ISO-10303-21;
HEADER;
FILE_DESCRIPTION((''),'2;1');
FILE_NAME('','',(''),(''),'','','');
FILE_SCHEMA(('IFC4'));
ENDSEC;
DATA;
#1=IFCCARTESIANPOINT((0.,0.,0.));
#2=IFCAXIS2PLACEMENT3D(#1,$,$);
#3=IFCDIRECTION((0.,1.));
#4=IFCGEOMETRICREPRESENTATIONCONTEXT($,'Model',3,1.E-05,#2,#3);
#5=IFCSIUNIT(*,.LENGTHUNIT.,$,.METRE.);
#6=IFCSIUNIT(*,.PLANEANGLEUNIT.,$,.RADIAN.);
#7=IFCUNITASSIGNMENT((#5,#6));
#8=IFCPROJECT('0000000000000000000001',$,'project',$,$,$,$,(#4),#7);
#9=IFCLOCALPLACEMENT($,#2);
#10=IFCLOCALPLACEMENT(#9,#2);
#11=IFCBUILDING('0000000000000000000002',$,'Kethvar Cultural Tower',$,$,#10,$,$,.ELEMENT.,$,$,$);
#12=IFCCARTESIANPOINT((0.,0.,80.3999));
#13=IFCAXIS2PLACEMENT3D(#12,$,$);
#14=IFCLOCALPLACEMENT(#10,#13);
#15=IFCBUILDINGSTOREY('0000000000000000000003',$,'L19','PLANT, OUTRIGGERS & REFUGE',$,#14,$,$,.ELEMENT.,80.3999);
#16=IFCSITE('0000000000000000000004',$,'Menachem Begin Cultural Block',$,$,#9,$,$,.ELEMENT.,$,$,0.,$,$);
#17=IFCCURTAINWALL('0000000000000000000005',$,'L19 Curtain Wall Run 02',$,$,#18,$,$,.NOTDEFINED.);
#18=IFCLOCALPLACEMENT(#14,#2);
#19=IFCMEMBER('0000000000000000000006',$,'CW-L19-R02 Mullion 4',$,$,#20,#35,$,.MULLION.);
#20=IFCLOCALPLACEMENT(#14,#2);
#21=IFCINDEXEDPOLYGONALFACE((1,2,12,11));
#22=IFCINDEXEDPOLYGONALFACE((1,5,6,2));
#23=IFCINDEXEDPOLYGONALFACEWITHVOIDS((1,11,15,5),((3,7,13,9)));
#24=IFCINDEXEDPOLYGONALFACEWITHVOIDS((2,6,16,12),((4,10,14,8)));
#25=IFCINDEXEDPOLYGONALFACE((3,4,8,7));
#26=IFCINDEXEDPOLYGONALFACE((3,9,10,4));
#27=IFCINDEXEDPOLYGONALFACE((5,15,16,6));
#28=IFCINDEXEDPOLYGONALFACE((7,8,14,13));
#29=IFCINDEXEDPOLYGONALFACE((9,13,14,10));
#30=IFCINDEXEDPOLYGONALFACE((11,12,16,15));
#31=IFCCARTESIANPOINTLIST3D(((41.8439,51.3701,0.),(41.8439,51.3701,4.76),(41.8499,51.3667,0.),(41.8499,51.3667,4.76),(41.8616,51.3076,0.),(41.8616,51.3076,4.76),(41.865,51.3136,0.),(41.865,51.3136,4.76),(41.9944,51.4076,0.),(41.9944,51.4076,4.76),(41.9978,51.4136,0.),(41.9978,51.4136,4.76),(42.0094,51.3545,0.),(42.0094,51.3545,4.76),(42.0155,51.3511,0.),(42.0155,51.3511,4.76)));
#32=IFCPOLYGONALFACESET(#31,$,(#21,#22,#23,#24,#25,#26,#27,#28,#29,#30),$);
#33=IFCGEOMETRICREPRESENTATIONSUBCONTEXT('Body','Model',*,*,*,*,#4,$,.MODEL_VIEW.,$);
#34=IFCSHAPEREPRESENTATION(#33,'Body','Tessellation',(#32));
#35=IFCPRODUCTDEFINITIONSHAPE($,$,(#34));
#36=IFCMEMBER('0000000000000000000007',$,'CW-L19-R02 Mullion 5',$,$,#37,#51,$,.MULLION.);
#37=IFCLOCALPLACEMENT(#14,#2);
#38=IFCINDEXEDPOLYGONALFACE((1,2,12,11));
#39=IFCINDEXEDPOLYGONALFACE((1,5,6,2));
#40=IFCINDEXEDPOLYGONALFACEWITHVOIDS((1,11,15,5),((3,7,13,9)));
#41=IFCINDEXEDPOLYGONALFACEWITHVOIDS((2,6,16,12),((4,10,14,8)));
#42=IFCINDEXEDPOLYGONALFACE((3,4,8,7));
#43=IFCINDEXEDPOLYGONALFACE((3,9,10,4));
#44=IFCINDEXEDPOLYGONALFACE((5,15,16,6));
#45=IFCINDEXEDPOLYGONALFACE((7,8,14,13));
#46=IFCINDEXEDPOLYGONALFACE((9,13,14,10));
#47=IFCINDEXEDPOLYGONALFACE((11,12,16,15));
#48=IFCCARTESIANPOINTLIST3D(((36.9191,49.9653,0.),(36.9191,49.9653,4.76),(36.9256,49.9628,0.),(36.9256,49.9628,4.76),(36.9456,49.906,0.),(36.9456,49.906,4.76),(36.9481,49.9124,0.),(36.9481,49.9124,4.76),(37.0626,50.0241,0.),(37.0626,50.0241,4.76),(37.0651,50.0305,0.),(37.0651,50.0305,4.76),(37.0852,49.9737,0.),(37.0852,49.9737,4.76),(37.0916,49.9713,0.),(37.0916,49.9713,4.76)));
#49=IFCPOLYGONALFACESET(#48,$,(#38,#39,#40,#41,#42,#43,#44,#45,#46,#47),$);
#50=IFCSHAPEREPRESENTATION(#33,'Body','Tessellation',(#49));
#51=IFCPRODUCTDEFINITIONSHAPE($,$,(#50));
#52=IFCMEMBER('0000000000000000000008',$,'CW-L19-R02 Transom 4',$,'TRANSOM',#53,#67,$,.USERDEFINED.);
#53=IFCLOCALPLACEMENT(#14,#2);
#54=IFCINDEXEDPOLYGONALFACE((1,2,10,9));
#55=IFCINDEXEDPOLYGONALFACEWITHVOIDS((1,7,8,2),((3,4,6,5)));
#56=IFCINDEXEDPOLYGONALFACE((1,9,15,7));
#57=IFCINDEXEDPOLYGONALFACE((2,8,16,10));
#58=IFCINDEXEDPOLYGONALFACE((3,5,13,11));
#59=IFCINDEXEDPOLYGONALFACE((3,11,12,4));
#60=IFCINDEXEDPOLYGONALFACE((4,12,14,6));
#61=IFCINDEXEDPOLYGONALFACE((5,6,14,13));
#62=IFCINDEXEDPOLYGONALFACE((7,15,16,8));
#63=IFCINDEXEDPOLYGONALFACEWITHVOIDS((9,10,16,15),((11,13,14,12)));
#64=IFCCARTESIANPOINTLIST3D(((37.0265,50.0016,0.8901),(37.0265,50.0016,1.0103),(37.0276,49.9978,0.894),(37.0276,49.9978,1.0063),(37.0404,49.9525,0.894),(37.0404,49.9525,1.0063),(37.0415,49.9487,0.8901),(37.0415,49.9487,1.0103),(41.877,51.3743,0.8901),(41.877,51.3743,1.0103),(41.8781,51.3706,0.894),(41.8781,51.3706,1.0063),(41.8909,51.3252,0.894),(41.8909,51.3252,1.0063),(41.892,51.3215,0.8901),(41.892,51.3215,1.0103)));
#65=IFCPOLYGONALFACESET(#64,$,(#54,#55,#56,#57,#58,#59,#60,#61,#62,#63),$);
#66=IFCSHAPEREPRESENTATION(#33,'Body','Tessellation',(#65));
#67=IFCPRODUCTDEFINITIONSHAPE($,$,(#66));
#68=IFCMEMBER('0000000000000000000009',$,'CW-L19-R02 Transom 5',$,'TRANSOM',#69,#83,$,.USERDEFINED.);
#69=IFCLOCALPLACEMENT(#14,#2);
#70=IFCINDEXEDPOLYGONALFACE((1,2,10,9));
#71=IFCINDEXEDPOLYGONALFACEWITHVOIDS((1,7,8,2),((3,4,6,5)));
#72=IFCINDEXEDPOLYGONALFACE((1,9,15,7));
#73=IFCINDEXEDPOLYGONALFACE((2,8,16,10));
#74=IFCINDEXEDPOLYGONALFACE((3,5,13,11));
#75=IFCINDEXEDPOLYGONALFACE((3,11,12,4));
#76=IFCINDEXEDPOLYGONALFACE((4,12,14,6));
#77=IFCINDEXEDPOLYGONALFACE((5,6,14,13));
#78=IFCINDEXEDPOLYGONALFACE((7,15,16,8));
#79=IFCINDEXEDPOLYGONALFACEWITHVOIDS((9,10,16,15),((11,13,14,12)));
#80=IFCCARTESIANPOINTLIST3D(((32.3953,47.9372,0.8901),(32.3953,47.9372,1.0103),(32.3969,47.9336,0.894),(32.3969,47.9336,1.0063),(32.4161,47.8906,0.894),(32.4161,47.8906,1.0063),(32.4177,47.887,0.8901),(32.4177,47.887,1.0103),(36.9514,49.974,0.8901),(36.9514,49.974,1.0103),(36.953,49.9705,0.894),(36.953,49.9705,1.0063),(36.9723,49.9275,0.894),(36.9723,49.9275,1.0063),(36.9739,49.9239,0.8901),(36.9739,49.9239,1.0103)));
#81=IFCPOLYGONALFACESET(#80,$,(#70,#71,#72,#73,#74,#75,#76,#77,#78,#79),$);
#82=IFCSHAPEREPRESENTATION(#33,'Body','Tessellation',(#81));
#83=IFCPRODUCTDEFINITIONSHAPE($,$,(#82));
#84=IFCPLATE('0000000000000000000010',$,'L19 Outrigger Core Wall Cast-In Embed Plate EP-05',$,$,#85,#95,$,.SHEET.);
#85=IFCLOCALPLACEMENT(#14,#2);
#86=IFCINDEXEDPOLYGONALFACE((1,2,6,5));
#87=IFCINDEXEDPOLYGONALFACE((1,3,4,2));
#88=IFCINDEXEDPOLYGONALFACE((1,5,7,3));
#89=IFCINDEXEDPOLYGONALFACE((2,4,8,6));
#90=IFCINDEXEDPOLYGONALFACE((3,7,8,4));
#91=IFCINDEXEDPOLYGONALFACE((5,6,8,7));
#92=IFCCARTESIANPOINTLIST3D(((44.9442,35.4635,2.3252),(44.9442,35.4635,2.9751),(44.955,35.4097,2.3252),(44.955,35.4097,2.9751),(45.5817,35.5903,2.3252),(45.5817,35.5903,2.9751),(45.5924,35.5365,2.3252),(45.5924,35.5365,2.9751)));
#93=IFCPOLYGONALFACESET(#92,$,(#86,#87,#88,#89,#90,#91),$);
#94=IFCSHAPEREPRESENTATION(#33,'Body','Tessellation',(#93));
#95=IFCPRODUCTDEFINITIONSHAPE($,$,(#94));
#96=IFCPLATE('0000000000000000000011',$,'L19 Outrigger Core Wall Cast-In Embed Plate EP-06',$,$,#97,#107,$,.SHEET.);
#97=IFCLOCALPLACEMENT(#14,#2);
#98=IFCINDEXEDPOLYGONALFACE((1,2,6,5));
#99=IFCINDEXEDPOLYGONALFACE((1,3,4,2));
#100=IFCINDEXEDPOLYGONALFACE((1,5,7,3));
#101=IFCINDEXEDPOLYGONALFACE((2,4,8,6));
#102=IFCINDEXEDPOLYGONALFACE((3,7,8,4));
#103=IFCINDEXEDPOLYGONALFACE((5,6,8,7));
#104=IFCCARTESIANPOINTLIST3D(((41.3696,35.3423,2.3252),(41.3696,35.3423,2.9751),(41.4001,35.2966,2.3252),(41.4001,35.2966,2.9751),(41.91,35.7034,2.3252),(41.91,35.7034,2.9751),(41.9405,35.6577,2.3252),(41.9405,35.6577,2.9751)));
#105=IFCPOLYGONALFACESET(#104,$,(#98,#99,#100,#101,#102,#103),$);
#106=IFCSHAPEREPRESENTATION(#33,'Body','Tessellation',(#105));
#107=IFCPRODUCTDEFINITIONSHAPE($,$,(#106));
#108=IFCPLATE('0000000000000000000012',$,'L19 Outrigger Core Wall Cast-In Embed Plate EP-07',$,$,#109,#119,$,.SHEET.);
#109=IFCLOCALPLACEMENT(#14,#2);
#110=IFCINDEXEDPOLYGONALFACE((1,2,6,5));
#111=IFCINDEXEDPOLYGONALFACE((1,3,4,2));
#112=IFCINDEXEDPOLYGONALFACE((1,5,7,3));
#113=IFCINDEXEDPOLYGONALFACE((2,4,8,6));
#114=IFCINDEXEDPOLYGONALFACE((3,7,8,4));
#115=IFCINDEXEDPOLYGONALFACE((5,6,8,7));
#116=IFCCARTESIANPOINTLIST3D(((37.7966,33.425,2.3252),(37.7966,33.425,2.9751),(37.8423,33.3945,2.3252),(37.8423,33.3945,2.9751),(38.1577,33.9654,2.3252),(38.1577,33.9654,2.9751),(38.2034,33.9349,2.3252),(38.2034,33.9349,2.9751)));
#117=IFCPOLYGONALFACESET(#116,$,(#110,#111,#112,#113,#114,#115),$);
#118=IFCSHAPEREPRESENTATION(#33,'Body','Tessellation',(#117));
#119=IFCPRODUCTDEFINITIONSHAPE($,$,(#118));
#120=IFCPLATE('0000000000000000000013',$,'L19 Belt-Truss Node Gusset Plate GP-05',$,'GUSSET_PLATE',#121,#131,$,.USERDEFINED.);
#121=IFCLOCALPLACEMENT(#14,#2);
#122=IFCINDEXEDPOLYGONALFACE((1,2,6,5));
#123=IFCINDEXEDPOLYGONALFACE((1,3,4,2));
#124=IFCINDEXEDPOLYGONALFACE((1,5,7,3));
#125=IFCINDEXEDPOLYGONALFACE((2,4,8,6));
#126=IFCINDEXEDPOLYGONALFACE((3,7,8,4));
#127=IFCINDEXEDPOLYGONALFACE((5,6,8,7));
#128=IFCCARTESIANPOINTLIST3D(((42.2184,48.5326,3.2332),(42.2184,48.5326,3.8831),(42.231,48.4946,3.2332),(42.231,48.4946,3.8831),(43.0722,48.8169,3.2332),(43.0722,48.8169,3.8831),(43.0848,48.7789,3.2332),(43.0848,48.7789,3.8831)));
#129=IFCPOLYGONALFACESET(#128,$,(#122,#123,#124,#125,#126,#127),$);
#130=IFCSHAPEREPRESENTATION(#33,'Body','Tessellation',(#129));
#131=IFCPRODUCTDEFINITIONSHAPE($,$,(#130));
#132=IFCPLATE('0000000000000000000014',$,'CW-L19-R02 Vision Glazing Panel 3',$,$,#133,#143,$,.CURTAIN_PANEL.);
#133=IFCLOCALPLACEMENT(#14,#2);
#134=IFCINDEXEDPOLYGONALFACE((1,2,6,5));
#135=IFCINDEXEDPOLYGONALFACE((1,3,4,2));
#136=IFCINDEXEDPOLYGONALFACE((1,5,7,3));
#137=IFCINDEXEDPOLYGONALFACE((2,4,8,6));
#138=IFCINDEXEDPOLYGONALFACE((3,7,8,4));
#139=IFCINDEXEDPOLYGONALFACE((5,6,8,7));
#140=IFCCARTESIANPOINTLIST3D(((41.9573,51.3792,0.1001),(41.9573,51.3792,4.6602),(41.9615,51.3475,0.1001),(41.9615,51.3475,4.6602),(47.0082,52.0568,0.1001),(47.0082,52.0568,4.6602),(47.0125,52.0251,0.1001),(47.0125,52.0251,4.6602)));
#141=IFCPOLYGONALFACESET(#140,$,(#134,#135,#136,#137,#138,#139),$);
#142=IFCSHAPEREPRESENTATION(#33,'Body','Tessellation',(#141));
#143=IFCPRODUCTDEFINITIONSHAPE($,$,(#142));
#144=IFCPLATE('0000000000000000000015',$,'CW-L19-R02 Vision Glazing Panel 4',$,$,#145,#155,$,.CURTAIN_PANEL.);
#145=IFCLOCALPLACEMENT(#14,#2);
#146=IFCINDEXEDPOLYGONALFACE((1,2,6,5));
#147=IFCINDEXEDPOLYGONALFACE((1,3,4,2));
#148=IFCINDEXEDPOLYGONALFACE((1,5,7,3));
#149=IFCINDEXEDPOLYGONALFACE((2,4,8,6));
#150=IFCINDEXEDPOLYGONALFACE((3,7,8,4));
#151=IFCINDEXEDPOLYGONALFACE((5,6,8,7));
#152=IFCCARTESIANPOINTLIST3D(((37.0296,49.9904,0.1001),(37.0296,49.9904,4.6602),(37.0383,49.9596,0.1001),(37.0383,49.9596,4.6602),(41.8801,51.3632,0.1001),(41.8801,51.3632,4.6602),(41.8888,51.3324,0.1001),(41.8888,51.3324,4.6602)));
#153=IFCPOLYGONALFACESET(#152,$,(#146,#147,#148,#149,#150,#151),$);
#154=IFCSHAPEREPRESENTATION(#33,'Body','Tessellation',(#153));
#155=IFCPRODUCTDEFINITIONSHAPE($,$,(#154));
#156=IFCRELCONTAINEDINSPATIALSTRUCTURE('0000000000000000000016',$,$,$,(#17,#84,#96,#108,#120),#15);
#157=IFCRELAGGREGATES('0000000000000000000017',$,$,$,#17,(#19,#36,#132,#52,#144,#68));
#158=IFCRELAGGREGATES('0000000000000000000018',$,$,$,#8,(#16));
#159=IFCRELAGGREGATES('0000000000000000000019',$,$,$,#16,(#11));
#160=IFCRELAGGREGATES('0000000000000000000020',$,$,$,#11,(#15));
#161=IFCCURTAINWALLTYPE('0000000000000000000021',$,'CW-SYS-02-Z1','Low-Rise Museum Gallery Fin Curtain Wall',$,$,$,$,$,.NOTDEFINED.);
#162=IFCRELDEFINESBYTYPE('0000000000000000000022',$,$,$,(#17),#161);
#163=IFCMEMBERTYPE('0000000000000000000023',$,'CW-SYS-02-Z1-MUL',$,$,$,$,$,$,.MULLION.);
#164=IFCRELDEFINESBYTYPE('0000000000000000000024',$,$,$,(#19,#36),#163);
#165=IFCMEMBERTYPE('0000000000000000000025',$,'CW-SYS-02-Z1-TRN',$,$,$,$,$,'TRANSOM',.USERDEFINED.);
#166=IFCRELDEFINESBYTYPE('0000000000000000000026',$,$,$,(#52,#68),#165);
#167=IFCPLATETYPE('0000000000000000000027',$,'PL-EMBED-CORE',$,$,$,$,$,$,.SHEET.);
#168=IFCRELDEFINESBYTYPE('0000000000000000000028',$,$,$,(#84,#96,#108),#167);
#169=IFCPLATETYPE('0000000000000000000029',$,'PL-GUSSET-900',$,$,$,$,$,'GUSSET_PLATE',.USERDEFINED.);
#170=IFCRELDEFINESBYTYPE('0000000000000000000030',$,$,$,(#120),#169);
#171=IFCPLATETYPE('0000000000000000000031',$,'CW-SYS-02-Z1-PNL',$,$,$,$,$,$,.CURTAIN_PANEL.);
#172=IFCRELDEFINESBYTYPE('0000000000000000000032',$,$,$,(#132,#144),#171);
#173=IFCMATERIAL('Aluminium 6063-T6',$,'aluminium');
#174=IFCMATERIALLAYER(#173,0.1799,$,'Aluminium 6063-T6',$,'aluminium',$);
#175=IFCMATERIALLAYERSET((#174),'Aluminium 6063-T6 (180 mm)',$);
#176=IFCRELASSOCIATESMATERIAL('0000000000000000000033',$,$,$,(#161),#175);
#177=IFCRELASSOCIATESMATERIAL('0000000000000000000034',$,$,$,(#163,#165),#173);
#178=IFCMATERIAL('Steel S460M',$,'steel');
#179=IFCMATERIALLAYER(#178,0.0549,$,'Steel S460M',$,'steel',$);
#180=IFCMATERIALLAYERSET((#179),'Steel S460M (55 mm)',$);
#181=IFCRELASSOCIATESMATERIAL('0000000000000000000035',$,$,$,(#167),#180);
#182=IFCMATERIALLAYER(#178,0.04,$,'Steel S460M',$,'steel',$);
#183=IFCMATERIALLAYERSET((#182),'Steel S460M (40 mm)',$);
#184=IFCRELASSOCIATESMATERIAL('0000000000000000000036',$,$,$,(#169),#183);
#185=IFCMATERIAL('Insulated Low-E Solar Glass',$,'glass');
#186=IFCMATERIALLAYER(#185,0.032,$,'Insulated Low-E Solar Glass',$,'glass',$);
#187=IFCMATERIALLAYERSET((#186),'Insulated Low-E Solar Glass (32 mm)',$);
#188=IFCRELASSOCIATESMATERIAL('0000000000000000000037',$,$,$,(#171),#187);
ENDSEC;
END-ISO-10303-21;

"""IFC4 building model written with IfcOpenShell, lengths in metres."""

from ifc_helpers import new_model, si_unit, direction, frame, origin, origin_2d, place, context, subcontext, project, spatial, rectangle, hollow_rectangle, extrude, source, transform, mapped, material, layer, layer_set, material_profile, profile_set, type_object, element, aggregate, save


model = new_model("IFC4")

# Units and contexts
model_context = context("Model", 3, precision=1e-05, world=origin(), true_north=direction((0.0, 1.0)))
body_context = subcontext(model_context, "Body", "Model", "MODEL_VIEW")
ifc_project = project(units=[si_unit("LENGTHUNIT", "METRE"), si_unit("PLANEANGLEUNIT", "RADIAN")], contexts=[model_context])

# Site, building, storey
site_placement = place(None, origin())
site = spatial("IfcSite", under=ifc_project, at=site_placement, Name="Menachem Begin Cultural Block", CompositionType="ELEMENT", RefElevation=0.0)
building_placement = place(site_placement, origin())
building = spatial("IfcBuilding", under=site, at=building_placement, Name="Kethvar Cultural Tower", CompositionType="ELEMENT")
storey_placement = place(building_placement, frame((0.0, 0.0, 80.3999)))
storey = spatial("IfcBuildingStorey", under=building, at=storey_placement, Name="L19", Description="PLANT, OUTRIGGERS & REFUGE", CompositionType="ELEMENT", Elevation=80.3999)

# Shared definitions
ifc_material_1 = material(Name="Steel S460M", Category="steel")

# Curtain wall, members
ifc_material_2 = material(Name="Aluminium 6063-T6", Category="aluminium")
ifc_layer_1 = layer(ifc_material_2, 0.1799, Name="Aluminium 6063-T6", Category="aluminium")
ifc_layer_set_1 = layer_set([ifc_layer_1], Name="Aluminium 6063-T6 (180 mm)")
curtain_wall_type = type_object("IfcCurtainWallType", Name="CW-SYS-02-Z1", Description="Low-Rise Museum Gallery Fin Curtain Wall", PredefinedType="NOTDEFINED", material=ifc_layer_set_1)
curtain_wall_placement = place(storey_placement, origin())
curtain_wall = element("IfcCurtainWall", 1, at=curtain_wall_placement, inside=storey, type_object=curtain_wall_type, Name="L19 Curtain Wall Run 02", PredefinedType="NOTDEFINED")
ifc_material_profile_1 = material_profile(ifc_material_2, hollow_rectangle(XDim=0.0649, YDim=0.1599, WallThickness=0.0049, at=origin_2d()), Name="Aluminium 6063-T6 — RHS160x65x5")
ifc_profile_set_1 = profile_set([ifc_material_profile_1], Name="Aluminium 6063-T6 — RHS160x65x5")
member_type_1 = type_object("IfcMemberType", Name="CW-SYS-02-Z1-MUL", PredefinedType="MULLION", material=ifc_profile_set_1)
shared_shape_1 = source(origin(), body_context, "Body", "SweptSolid", [
    extrude(hollow_rectangle(XDim=0.0649, YDim=0.1599, WallThickness=0.0049, at=origin_2d()), origin(), (0.0, 0.0, 1.0), 4.76),
])
member_1_placement = place(storey_placement, frame((41.9297, 51.3606, 0.0), z_axis=(0.0, 0.0, 1.0), x_axis=(0.272331, -0.962204, 0.0)))
member_1 = element("IfcMember", 2, at=member_1_placement, type_object=member_type_1, Name="CW-L19-R02 Mullion 4", PredefinedType="MULLION", context=body_context, shape_type="MappedRepresentation", body=[
    mapped(shared_shape_1, transform((0.0, 0.0, 0.0), scale=1.0)),
])
member_2_placement = place(storey_placement, frame((37.0054, 49.9683, 0.0), z_axis=(0.0, 0.0, 1.0), x_axis=(0.408155, -0.912913, 0.0)))
member_2 = element("IfcMember", 3, at=member_2_placement, type_object=member_type_1, Name="CW-L19-R02 Mullion 5", PredefinedType="MULLION", context=body_context, shape_type="MappedRepresentation", body=[
    mapped(shared_shape_1, transform((0.0, 0.0, 0.0), scale=1.0)),
])
ifc_material_profile_2 = material_profile(ifc_material_2, hollow_rectangle(XDim=0.0549, YDim=0.1201, WallThickness=0.0039, at=origin_2d()), Name="Aluminium 6063-T6 — RHS120x55x4")
ifc_profile_set_2 = profile_set([ifc_material_profile_2], Name="Aluminium 6063-T6 — RHS120x55x4")
member_type_2 = type_object("IfcMemberType", Name="CW-SYS-02-Z1-TRN", ElementType="TRANSOM", PredefinedType="USERDEFINED", material=ifc_profile_set_2)
shared_shape_2 = source(origin(), body_context, "Body", "SweptSolid", [
    extrude(hollow_rectangle(XDim=0.0549, YDim=0.1201, WallThickness=0.0039, at=origin_2d()), origin(), (0.0, 0.0, 1.0), 5.041),
])
member_3_placement = place(storey_placement, frame((41.8845, 51.3479, 0.9502), z_axis=(-0.962206, -0.272322, 0.0), x_axis=(0.272322, -0.962206, 0.0)))
member_3 = element("IfcMember", 4, at=member_3_placement, type_object=member_type_2, Name="CW-L19-R02 Transom 4", ObjectType="TRANSOM", PredefinedType="USERDEFINED", context=body_context, shape_type="MappedRepresentation", body=[
    mapped(shared_shape_2, transform((0.0, 0.0, 0.0), scale=1.0)),
])
shared_shape_3 = source(origin(), body_context, "Body", "SweptSolid", [
    extrude(hollow_rectangle(XDim=0.0549, YDim=0.1201, WallThickness=0.0039, at=origin_2d()), origin(), (0.0, 0.0, 1.0), 4.9907),
])
member_4_placement = place(storey_placement, frame((36.9626, 49.949, 0.9502), z_axis=(-0.912924, -0.40813, 0.0), x_axis=(0.40813, -0.912924, 0.0)))
member_4 = element("IfcMember", 5, at=member_4_placement, type_object=member_type_2, Name="CW-L19-R02 Transom 5", ObjectType="TRANSOM", PredefinedType="USERDEFINED", context=body_context, shape_type="MappedRepresentation", body=[
    mapped(shared_shape_3, transform((0.0, 0.0, 0.0), scale=1.0)),
])

# Plates
ifc_layer_2 = layer(ifc_material_1, 0.0549, Name="Steel S460M", Category="steel")
ifc_layer_set_2 = layer_set([ifc_layer_2], Name="Steel S460M (55 mm)")
plate_type_1 = type_object("IfcPlateType", Name="PL-EMBED-CORE", PredefinedType="SHEET", material=ifc_layer_set_2)
shared_shape_4 = source(origin(), body_context, "Body", "SweptSolid", [
    extrude(rectangle(XDim=0.0549, YDim=0.6499, at=origin_2d()), origin(), (0.0, 0.0, 1.0), 0.6499),
])
for number, where, z_axis, x_axis, name in (
    (6, (45.2683, 35.5, 2.3252), (0.0, 0.0, 1.0), (-0.19509, 0.980785, 0.0), "L19 Outrigger Core Wall Cast-In Embed Plate EP-05"),
    (7, (41.655, 35.5, 2.3252), (0.0, 0.0, 1.0), (-0.55557, 0.83147, 0.0), "L19 Outrigger Core Wall Cast-In Embed Plate EP-06"),
    (8, (38.0, 33.6799, 2.3252), (0.0, 0.0, 1.0), (-0.83147, 0.55557, 0.0), "L19 Outrigger Core Wall Cast-In Embed Plate EP-07"),
):
    element("IfcPlate", number, at=place(storey_placement, frame(where, z_axis=z_axis, x_axis=x_axis)), inside=storey, type_object=plate_type_1, Name=name, PredefinedType="SHEET", context=body_context, shape_type="MappedRepresentation", body=[
        mapped(shared_shape_4, transform((0.0, 0.0, 0.0), scale=1.0)),
    ])
ifc_layer_3 = layer(ifc_material_1, 0.04, Name="Steel S460M", Category="steel")
ifc_layer_set_3 = layer_set([ifc_layer_3], Name="Steel S460M (40 mm)")
plate_type_2 = type_object("IfcPlateType", Name="PL-GUSSET-900", ElementType="GUSSET_PLATE", PredefinedType="USERDEFINED", material=ifc_layer_set_3)
shared_shape_5 = source(origin(), body_context, "Body", "SweptSolid", [
    extrude(rectangle(XDim=0.8999, YDim=0.04, at=origin_2d()), origin(), (0.0, 0.0, 1.0), 0.6499),
])
plate_1_placement = place(storey_placement, frame((42.6516, 48.6558, 3.2332), z_axis=(0.0, 0.0, 1.0), x_axis=(-0.948769, -0.315972, 0.0)))
element("IfcPlate", 9, at=plate_1_placement, inside=storey, type_object=plate_type_2, Name="L19 Belt-Truss Node Gusset Plate GP-05", ObjectType="GUSSET_PLATE", PredefinedType="USERDEFINED", context=body_context, shape_type="MappedRepresentation", body=[
    mapped(shared_shape_5, transform((0.0, 0.0, 0.0), scale=1.0)),
])

# Plates
ifc_material_3 = material(Name="Insulated Low-E Solar Glass", Category="glass")
ifc_layer_4 = layer(ifc_material_3, 0.032, Name="Insulated Low-E Solar Glass", Category="glass")
ifc_layer_set_4 = layer_set([ifc_layer_4], Name="Insulated Low-E Solar Glass (32 mm)")
plate_type_3 = type_object("IfcPlateType", Name="CW-SYS-02-Z1-PNL", PredefinedType="CURTAIN_PANEL", material=ifc_layer_set_4)
shared_shape_6 = source(origin(), body_context, "Body", "SweptSolid", [
    extrude(rectangle(XDim=5.0962, YDim=0.032, at=origin_2d()), origin(), (0.0, 0.0, 1.0), 4.5601),
])
plate_2_placement = place(storey_placement, frame((44.4849, 51.7021, 0.1001), z_axis=(0.0, 0.0, 1.0), x_axis=(-0.991121, -0.132966, 0.0)))
plate_2 = element("IfcPlate", 10, at=plate_2_placement, type_object=plate_type_3, Name="CW-L19-R02 Vision Glazing Panel 3", PredefinedType="CURTAIN_PANEL", context=body_context, shape_type="MappedRepresentation", body=[
    mapped(shared_shape_6, transform((0.0, 0.0, 0.0), scale=1.0)),
])
shared_shape_7 = source(origin(), body_context, "Body", "SweptSolid", [
    extrude(rectangle(XDim=5.041, YDim=0.032, at=origin_2d()), origin(), (0.0, 0.0, 1.0), 4.5601),
])
plate_3_placement = place(storey_placement, frame((39.4592, 50.6614, 0.1001), z_axis=(0.0, 0.0, 1.0), x_axis=(-0.962204, -0.272331, 0.0)))
plate_3 = element("IfcPlate", 11, at=plate_3_placement, type_object=plate_type_3, Name="CW-L19-R02 Vision Glazing Panel 4", PredefinedType="CURTAIN_PANEL", context=body_context, shape_type="MappedRepresentation", body=[
    mapped(shared_shape_7, transform((0.0, 0.0, 0.0), scale=1.0)),
])
aggregate(curtain_wall, [member_1, member_2, plate_2, member_3, plate_3, member_4])

save(model, "model.ifc")
